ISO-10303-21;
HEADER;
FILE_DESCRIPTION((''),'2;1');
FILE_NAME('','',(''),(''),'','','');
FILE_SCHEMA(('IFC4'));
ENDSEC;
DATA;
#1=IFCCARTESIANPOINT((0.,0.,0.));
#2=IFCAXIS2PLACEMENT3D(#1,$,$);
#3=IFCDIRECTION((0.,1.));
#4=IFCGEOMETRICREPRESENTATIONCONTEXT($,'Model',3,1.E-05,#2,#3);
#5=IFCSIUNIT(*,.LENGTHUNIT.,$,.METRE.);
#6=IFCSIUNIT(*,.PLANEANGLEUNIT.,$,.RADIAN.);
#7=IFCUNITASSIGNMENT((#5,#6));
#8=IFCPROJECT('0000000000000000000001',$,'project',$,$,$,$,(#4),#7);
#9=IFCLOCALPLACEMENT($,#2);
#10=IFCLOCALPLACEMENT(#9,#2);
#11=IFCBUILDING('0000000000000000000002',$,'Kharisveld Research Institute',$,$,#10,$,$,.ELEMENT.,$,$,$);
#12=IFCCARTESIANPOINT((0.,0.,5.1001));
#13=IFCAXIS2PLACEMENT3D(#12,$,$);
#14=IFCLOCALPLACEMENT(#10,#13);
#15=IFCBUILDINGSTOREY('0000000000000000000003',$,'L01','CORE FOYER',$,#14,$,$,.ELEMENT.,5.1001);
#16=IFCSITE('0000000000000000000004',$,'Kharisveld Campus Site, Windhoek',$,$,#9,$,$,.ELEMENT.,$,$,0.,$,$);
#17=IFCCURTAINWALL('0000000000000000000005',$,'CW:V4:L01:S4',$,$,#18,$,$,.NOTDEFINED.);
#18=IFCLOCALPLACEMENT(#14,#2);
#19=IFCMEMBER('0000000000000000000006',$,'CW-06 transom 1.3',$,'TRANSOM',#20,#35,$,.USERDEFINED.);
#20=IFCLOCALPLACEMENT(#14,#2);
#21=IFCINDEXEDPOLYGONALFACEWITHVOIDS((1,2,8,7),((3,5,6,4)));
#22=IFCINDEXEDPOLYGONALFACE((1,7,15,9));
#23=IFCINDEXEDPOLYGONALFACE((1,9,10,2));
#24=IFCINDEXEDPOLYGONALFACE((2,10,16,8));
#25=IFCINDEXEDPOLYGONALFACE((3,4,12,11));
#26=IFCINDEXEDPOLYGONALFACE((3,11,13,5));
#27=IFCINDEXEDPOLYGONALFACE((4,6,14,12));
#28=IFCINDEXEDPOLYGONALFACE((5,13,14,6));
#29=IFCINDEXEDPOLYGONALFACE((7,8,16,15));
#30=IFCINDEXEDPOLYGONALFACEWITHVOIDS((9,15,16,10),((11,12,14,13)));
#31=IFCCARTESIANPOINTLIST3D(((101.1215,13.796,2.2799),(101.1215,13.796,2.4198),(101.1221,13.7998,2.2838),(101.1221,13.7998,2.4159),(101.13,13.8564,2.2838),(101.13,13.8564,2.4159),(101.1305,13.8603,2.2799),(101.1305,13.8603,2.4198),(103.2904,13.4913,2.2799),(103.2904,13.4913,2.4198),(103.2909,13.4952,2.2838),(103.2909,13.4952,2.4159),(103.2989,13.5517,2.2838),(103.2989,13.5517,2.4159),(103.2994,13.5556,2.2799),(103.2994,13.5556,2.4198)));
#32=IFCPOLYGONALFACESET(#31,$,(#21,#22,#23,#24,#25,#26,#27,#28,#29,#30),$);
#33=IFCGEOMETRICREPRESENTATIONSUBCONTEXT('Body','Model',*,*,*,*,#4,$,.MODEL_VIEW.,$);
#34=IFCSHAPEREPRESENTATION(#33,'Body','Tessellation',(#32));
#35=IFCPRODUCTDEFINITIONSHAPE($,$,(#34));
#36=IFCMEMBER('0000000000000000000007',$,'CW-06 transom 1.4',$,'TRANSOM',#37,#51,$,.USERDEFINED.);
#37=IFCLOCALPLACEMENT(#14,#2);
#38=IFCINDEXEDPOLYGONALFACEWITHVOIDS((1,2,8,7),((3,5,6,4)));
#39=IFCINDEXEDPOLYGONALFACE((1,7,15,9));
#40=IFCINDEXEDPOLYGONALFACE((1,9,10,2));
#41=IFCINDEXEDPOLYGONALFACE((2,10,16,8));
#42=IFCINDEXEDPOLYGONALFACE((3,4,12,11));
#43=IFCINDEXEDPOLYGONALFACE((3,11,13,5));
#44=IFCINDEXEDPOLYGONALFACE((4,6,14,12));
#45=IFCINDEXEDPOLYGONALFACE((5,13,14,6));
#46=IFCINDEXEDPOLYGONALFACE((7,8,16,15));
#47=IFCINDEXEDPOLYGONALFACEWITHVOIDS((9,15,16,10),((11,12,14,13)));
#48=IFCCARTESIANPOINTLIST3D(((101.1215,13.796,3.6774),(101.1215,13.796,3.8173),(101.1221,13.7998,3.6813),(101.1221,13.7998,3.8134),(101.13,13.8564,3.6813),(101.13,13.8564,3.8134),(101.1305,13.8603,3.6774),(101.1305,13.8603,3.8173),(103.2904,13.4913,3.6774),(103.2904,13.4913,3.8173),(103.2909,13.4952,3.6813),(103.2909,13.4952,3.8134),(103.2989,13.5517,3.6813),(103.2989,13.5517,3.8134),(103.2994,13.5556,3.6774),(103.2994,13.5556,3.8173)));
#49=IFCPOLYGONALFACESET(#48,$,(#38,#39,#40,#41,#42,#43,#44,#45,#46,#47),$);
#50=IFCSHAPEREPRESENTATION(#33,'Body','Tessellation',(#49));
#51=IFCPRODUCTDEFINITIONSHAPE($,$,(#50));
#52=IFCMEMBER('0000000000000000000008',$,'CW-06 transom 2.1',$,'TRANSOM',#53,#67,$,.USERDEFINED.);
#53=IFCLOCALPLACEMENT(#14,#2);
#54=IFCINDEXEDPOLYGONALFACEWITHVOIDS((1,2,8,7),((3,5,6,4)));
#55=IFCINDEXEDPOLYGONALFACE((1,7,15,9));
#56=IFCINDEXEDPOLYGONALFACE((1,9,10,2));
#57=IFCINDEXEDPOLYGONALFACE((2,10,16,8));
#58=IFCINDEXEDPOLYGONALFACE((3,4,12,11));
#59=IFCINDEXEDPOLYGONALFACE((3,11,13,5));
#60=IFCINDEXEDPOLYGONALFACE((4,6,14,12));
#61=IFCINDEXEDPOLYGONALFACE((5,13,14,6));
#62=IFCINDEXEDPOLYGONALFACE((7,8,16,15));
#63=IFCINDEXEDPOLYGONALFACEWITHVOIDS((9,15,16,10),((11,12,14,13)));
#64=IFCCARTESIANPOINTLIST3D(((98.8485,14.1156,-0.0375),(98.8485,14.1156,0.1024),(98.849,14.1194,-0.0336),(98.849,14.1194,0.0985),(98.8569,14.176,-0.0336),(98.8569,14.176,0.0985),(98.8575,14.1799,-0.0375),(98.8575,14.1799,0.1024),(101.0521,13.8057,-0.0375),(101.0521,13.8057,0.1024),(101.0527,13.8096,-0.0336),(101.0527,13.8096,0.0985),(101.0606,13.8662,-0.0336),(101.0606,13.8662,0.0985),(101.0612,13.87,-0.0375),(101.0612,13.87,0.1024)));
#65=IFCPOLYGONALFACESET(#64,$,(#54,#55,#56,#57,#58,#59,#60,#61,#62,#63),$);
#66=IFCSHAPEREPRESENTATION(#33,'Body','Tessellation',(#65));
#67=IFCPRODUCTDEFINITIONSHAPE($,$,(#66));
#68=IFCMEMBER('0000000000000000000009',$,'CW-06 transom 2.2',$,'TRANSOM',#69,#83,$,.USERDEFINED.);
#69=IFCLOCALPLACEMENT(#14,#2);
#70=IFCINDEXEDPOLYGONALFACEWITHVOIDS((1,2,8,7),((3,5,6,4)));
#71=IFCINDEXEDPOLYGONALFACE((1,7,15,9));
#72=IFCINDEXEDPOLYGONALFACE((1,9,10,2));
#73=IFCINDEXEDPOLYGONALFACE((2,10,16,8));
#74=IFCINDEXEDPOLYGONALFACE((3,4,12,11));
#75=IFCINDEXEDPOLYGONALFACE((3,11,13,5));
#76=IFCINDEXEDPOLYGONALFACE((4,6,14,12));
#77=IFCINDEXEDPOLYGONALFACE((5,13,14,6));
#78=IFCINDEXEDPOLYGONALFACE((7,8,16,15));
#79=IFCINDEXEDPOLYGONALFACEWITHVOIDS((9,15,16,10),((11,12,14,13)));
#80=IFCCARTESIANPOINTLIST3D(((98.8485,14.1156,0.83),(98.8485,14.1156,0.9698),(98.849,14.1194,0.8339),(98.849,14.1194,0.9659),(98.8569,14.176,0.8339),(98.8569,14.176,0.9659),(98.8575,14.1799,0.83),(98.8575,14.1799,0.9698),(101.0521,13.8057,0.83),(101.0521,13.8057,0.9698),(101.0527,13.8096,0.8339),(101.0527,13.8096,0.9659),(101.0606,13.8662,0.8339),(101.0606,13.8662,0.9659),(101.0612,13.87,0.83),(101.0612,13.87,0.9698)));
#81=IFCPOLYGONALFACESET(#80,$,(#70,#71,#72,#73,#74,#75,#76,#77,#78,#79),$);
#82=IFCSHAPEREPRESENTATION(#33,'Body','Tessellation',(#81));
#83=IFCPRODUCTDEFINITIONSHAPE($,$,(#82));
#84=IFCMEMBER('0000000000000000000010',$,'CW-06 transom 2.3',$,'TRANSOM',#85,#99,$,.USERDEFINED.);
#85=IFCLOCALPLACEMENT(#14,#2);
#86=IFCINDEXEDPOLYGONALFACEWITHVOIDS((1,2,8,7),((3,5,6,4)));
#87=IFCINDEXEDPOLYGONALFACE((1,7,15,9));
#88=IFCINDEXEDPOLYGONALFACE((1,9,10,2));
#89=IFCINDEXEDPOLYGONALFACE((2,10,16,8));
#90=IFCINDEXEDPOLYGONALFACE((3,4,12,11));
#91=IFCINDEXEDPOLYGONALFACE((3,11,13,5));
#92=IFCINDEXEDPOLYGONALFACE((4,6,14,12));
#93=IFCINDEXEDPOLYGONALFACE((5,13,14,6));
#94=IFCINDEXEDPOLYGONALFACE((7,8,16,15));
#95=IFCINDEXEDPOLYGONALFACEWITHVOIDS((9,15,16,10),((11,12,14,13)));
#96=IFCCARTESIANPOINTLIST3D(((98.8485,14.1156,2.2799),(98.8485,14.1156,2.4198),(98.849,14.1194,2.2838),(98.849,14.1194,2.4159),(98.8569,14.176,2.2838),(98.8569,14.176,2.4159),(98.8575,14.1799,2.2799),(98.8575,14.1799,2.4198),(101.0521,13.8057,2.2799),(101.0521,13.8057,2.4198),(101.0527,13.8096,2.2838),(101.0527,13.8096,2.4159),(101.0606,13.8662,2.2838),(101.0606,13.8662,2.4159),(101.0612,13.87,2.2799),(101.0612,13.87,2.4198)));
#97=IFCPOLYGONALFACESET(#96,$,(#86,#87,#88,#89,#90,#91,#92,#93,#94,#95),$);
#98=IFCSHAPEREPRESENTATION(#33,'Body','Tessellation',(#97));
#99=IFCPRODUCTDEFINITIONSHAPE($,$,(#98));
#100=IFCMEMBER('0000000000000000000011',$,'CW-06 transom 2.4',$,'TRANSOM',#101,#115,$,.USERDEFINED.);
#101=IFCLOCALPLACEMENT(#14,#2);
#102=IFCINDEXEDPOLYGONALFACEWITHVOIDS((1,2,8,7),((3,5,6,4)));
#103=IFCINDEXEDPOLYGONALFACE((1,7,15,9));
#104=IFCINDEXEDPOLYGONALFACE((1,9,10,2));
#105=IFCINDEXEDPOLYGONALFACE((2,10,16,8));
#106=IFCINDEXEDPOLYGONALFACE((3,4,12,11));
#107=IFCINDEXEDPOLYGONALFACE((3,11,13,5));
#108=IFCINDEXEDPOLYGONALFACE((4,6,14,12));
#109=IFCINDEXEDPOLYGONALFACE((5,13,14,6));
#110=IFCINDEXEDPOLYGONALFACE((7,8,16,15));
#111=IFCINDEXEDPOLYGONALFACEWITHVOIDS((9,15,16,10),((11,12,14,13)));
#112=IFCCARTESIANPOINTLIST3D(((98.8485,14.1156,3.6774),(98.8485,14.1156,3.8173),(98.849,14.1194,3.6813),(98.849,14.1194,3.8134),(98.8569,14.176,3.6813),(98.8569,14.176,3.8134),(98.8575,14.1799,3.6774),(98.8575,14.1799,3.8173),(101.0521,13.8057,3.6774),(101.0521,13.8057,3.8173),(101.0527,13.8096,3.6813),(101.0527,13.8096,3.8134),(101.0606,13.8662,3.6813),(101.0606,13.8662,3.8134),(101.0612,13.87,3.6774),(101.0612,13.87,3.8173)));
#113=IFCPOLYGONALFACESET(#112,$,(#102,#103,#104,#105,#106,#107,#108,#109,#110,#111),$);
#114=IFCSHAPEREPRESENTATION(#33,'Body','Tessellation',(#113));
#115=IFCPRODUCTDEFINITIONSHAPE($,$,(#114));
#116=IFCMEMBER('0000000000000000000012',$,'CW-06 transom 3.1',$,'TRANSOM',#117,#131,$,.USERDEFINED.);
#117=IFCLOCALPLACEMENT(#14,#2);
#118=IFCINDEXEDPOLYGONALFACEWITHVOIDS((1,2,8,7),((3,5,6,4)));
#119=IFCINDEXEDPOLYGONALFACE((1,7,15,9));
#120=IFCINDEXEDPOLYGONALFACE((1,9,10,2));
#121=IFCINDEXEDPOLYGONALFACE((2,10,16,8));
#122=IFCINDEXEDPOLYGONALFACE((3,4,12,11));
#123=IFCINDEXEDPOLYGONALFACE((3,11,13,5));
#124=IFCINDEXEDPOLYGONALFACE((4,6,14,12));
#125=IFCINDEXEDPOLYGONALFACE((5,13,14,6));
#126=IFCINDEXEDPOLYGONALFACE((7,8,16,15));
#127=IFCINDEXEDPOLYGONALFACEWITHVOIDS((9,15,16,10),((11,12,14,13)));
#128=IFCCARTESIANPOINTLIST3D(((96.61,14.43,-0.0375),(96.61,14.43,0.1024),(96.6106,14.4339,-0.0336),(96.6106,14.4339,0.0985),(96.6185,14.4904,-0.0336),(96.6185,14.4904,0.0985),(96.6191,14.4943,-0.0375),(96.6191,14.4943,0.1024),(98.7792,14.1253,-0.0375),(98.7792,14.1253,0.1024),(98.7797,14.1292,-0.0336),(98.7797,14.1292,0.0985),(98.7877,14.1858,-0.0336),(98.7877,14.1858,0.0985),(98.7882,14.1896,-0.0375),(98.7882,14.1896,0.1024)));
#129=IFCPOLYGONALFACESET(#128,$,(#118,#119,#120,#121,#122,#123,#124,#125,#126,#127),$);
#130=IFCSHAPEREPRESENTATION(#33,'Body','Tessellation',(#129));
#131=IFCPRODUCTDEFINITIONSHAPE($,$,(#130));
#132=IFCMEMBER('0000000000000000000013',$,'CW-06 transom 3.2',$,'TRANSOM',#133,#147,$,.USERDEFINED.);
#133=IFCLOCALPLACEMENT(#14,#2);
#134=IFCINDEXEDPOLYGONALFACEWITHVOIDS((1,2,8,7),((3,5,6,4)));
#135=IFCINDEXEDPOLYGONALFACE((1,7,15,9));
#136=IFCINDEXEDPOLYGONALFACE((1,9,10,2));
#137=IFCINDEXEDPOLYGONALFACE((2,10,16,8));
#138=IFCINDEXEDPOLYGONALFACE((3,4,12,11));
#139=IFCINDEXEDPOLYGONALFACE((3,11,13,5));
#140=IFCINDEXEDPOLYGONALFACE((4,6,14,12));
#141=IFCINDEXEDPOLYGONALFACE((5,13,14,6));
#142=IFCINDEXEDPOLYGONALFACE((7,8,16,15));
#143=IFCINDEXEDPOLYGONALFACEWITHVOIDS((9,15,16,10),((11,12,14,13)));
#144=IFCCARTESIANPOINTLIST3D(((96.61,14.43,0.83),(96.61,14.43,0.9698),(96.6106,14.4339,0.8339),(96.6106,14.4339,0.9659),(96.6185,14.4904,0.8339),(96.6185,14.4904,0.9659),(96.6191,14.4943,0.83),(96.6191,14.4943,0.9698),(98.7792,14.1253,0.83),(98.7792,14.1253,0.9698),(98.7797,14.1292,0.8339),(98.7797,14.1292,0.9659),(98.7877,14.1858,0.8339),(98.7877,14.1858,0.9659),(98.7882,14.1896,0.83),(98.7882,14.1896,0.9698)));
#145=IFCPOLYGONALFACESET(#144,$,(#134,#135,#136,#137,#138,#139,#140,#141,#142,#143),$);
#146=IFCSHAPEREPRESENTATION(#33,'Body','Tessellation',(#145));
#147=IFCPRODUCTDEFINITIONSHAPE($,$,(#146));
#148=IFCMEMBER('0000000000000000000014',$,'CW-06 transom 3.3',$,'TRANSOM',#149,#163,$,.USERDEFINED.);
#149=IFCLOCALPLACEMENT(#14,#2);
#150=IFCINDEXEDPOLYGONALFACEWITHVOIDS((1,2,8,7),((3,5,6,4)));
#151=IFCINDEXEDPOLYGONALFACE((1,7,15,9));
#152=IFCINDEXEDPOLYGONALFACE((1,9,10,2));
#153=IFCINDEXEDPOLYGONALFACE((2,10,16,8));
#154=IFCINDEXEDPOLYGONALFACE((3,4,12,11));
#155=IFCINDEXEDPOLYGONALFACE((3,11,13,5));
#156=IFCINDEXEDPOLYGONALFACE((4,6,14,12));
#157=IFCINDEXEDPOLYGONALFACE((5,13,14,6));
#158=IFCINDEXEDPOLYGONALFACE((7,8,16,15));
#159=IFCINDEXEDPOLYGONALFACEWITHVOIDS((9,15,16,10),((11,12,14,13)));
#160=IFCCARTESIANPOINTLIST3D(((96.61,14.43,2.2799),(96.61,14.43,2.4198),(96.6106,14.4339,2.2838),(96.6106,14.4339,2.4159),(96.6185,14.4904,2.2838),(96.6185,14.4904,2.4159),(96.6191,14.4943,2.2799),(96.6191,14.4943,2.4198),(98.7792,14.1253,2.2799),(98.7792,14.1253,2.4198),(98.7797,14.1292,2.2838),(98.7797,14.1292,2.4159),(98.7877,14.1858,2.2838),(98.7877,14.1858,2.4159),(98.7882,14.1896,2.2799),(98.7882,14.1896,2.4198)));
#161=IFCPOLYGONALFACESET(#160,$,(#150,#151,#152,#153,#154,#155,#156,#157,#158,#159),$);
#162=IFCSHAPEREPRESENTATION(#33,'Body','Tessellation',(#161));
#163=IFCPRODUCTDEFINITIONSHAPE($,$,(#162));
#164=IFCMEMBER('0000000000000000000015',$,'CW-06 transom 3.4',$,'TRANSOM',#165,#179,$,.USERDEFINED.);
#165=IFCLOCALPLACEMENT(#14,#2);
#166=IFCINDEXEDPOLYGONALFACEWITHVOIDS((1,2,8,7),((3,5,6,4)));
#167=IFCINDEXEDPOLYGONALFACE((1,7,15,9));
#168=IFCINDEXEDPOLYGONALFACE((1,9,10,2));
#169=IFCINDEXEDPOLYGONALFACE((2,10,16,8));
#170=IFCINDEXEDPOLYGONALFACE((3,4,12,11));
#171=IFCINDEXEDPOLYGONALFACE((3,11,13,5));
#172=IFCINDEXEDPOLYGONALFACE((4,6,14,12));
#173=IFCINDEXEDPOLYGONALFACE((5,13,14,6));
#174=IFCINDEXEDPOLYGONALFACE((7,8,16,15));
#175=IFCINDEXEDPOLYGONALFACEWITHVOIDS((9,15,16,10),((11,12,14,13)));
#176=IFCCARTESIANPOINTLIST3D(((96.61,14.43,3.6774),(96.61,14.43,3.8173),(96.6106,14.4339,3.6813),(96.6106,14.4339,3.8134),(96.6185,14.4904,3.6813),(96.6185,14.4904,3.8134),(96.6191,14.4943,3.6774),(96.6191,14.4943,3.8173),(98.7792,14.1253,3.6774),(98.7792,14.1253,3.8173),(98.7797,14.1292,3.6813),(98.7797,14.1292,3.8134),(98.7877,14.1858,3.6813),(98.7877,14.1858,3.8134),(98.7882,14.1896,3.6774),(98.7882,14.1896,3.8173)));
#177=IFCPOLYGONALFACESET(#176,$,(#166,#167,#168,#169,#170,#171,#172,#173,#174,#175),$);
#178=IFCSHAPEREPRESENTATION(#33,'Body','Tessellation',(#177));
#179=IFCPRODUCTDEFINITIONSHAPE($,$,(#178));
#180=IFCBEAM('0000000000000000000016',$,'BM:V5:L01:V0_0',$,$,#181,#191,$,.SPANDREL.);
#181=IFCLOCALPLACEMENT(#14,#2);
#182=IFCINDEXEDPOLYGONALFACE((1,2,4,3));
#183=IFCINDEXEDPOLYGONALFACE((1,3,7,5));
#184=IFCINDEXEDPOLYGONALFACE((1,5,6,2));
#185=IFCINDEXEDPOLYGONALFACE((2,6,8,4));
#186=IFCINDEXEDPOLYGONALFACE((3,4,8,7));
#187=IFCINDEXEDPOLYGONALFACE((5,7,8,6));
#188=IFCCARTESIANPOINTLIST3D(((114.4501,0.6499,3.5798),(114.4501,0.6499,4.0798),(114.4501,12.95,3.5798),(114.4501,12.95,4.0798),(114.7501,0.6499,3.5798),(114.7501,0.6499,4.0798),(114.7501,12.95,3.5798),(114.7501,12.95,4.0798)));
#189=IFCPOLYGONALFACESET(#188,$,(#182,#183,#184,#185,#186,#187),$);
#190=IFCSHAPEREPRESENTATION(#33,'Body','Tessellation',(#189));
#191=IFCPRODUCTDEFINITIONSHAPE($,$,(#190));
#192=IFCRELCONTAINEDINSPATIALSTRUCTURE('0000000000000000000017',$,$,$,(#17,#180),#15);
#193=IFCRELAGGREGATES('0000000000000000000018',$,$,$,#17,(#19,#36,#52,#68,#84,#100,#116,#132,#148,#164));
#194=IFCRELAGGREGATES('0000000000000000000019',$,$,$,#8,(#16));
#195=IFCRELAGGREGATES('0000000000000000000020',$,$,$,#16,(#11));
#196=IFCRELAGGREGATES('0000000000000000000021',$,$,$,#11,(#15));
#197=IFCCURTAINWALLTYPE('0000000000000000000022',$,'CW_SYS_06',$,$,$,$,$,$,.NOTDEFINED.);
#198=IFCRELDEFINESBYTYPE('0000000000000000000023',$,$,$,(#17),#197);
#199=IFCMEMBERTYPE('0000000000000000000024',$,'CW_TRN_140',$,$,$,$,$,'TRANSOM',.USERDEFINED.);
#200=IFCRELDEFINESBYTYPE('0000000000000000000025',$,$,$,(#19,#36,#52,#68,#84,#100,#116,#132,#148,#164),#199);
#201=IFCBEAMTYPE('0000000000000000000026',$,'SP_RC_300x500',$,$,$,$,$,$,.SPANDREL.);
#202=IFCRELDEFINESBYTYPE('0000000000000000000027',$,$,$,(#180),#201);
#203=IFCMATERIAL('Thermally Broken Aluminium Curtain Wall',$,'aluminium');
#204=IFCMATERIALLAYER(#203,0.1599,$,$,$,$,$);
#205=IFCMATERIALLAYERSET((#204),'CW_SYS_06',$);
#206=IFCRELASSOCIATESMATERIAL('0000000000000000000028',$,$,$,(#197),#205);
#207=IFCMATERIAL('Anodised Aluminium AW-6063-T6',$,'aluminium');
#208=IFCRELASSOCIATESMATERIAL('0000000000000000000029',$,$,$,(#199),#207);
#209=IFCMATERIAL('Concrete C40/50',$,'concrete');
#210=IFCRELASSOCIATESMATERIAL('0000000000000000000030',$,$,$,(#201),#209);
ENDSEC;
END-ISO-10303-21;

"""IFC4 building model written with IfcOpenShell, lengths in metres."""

from ifc_helpers import new_model, si_unit, direction, frame, origin, origin_2d, place, context, subcontext, project, spatial, rectangle, hollow_rectangle, extrude, material, layer, layer_set, material_profile, profile_set, type_object, element, aggregate, save


model = new_model("IFC4")

# Units and contexts
model_context = context("Model", 3, precision=1e-05, world=origin(), true_north=direction((0.0, 1.0)))
body_context = subcontext(model_context, "Body", "Model", "MODEL_VIEW")
ifc_project = project(units=[si_unit("LENGTHUNIT", "METRE"), si_unit("PLANEANGLEUNIT", "RADIAN")], contexts=[model_context])

# Site, building, storey
site_placement = place(None, origin())
site = spatial("IfcSite", under=ifc_project, at=site_placement, Name="Kharisveld Campus Site, Windhoek", CompositionType="ELEMENT", RefElevation=0.0)
building_placement = place(site_placement, origin())
building = spatial("IfcBuilding", under=site, at=building_placement, Name="Kharisveld Research Institute", CompositionType="ELEMENT")
storey_placement = place(building_placement, frame((0.0, 0.0, 5.1001)))
storey = spatial("IfcBuildingStorey", under=building, at=storey_placement, Name="L01", Description="CORE FOYER", CompositionType="ELEMENT", Elevation=5.1001)

# Curtain wall, members
ifc_material_1 = material(Name="Thermally Broken Aluminium Curtain Wall", Category="aluminium")
ifc_layer_1 = layer(ifc_material_1, 0.1599)
ifc_layer_set_1 = layer_set([ifc_layer_1], Name="CW_SYS_06")
curtain_wall_type_1 = type_object("IfcCurtainWallType", Name="CW_SYS_06", PredefinedType="NOTDEFINED", material=ifc_layer_set_1)
curtain_wall_1_placement = place(storey_placement, origin())
curtain_wall_1 = element("IfcCurtainWall", 1, at=curtain_wall_1_placement, inside=storey, type_object=curtain_wall_type_1, Name="CW:V4:L01:S4", PredefinedType="NOTDEFINED")
ifc_material_2 = material(Name="Anodised Aluminium AW-6063-T6", Category="aluminium")
ifc_material_profile_1 = material_profile(ifc_material_2, hollow_rectangle(XDim=0.0649, YDim=0.1399, WallThickness=0.0039, at=origin_2d()))
ifc_profile_set_1 = profile_set([ifc_material_profile_1], Name="Anodised Aluminium AW-6063-T6")
member_type_1 = type_object("IfcMemberType", Name="CW_TRN_140", ElementType="TRANSOM", PredefinedType="USERDEFINED", material=ifc_profile_set_1)
member_1_placement = place(storey_placement, frame((103.2949, 13.5234, 2.3499), z_axis=(-0.990277, 0.139111, 0.0), x_axis=(-0.139111, -0.990277, 0.0)))
member_1 = element("IfcMember", 2, at=member_1_placement, type_object=member_type_1, Name="CW-06 transom 1.3", ObjectType="TRANSOM", PredefinedType="USERDEFINED", context=body_context, shape_type="SweptSolid", body=[
    extrude(hollow_rectangle(XDim=0.0649, YDim=0.1399, WallThickness=0.0039, at=origin_2d()), origin(), (0.0, 0.0, 1.0), 2.1902),
])
member_2_placement = place(storey_placement, frame((103.2949, 13.5234, 3.7473), z_axis=(-0.990277, 0.139111, 0.0), x_axis=(-0.139111, -0.990277, 0.0)))
member_2 = element("IfcMember", 3, at=member_2_placement, type_object=member_type_1, Name="CW-06 transom 1.4", ObjectType="TRANSOM", PredefinedType="USERDEFINED", context=body_context, shape_type="SweptSolid", body=[
    extrude(hollow_rectangle(XDim=0.0649, YDim=0.1399, WallThickness=0.0039, at=origin_2d()), origin(), (0.0, 0.0, 1.0), 2.1902),
])
member_3_placement = place(storey_placement, frame((101.0566, 13.8379, 0.0325), z_axis=(-0.990261, 0.139225, 0.0), x_axis=(-0.139225, -0.990261, 0.0)))
member_3 = element("IfcMember", 4, at=member_3_placement, type_object=member_type_1, Name="CW-06 transom 2.1", ObjectType="TRANSOM", PredefinedType="USERDEFINED", context=body_context, shape_type="SweptSolid", body=[
    extrude(hollow_rectangle(XDim=0.0649, YDim=0.1399, WallThickness=0.0039, at=origin_2d()), origin(), (0.0, 0.0, 1.0), 2.2253),
])
member_4_placement = place(storey_placement, frame((101.0566, 13.8379, 0.8999), z_axis=(-0.990261, 0.139225, 0.0), x_axis=(-0.139225, -0.990261, 0.0)))
member_4 = element("IfcMember", 5, at=member_4_placement, type_object=member_type_1, Name="CW-06 transom 2.2", ObjectType="TRANSOM", PredefinedType="USERDEFINED", context=body_context, shape_type="SweptSolid", body=[
    extrude(hollow_rectangle(XDim=0.0649, YDim=0.1399, WallThickness=0.0039, at=origin_2d()), origin(), (0.0, 0.0, 1.0), 2.2253),
])
member_5_placement = place(storey_placement, frame((101.0566, 13.8379, 2.3499), z_axis=(-0.990261, 0.139225, 0.0), x_axis=(-0.139225, -0.990261, 0.0)))
member_5 = element("IfcMember", 6, at=member_5_placement, type_object=member_type_1, Name="CW-06 transom 2.3", ObjectType="TRANSOM", PredefinedType="USERDEFINED", context=body_context, shape_type="SweptSolid", body=[
    extrude(hollow_rectangle(XDim=0.0649, YDim=0.1399, WallThickness=0.0039, at=origin_2d()), origin(), (0.0, 0.0, 1.0), 2.2253),
])
member_6_placement = place(storey_placement, frame((101.0566, 13.8379, 3.7473), z_axis=(-0.990261, 0.139225, 0.0), x_axis=(-0.139225, -0.990261, 0.0)))
member_6 = element("IfcMember", 7, at=member_6_placement, type_object=member_type_1, Name="CW-06 transom 2.4", ObjectType="TRANSOM", PredefinedType="USERDEFINED", context=body_context, shape_type="SweptSolid", body=[
    extrude(hollow_rectangle(XDim=0.0649, YDim=0.1399, WallThickness=0.0039, at=origin_2d()), origin(), (0.0, 0.0, 1.0), 2.2253),
])
member_7_placement = place(storey_placement, frame((98.7837, 14.1575, 0.0325), z_axis=(-0.990279, 0.139096, 0.0), x_axis=(-0.139096, -0.990279, 0.0)))
member_7 = element("IfcMember", 8, at=member_7_placement, type_object=member_type_1, Name="CW-06 transom 3.1", ObjectType="TRANSOM", PredefinedType="USERDEFINED", context=body_context, shape_type="SweptSolid", body=[
    extrude(hollow_rectangle(XDim=0.0649, YDim=0.1399, WallThickness=0.0039, at=origin_2d()), origin(), (0.0, 0.0, 1.0), 2.1904),
])
member_8_placement = place(storey_placement, frame((98.7837, 14.1575, 0.8999), z_axis=(-0.990279, 0.139096, 0.0), x_axis=(-0.139096, -0.990279, 0.0)))
member_8 = element("IfcMember", 9, at=member_8_placement, type_object=member_type_1, Name="CW-06 transom 3.2", ObjectType="TRANSOM", PredefinedType="USERDEFINED", context=body_context, shape_type="SweptSolid", body=[
    extrude(hollow_rectangle(XDim=0.0649, YDim=0.1399, WallThickness=0.0039, at=origin_2d()), origin(), (0.0, 0.0, 1.0), 2.1904),
])
member_9_placement = place(storey_placement, frame((98.7837, 14.1575, 2.3499), z_axis=(-0.990279, 0.139096, 0.0), x_axis=(-0.139096, -0.990279, 0.0)))
member_9 = element("IfcMember", 10, at=member_9_placement, type_object=member_type_1, Name="CW-06 transom 3.3", ObjectType="TRANSOM", PredefinedType="USERDEFINED", context=body_context, shape_type="SweptSolid", body=[
    extrude(hollow_rectangle(XDim=0.0649, YDim=0.1399, WallThickness=0.0039, at=origin_2d()), origin(), (0.0, 0.0, 1.0), 2.1904),
])
member_10_placement = place(storey_placement, frame((98.7837, 14.1575, 3.7473), z_axis=(-0.990279, 0.139096, 0.0), x_axis=(-0.139096, -0.990279, 0.0)))
member_10 = element("IfcMember", 11, at=member_10_placement, type_object=member_type_1, Name="CW-06 transom 3.4", ObjectType="TRANSOM", PredefinedType="USERDEFINED", context=body_context, shape_type="SweptSolid", body=[
    extrude(hollow_rectangle(XDim=0.0649, YDim=0.1399, WallThickness=0.0039, at=origin_2d()), origin(), (0.0, 0.0, 1.0), 2.1904),
])

# Beam
ifc_material_3 = material(Name="Concrete C40/50", Category="concrete")
ifc_material_profile_2 = material_profile(ifc_material_3, rectangle(XDim=0.3, YDim=0.5, at=origin_2d()))
ifc_profile_set_2 = profile_set([ifc_material_profile_2], Name="Concrete C40/50")
beam_type_1 = type_object("IfcBeamType", Name="SP_RC_300x500", PredefinedType="SPANDREL", material=ifc_profile_set_2)
beam_1_placement = place(storey_placement, frame((114.6001, 0.6499, 3.8298), z_axis=(0.0, 1.0, 0.0), x_axis=(-1.0, 0.0, 0.0)))
element("IfcBeam", 12, at=beam_1_placement, inside=storey, type_object=beam_type_1, Name="BM:V5:L01:V0_0", PredefinedType="SPANDREL", context=body_context, shape_type="SweptSolid", body=[
    extrude(rectangle(XDim=0.3, YDim=0.5, at=origin_2d()), origin(), (0.0, 0.0, 1.0), 12.3),
])

aggregate(curtain_wall_1, [member_1, member_2, member_3, member_4, member_5, member_6, member_7, member_8, member_9, member_10])

save(model, "model.ifc")
